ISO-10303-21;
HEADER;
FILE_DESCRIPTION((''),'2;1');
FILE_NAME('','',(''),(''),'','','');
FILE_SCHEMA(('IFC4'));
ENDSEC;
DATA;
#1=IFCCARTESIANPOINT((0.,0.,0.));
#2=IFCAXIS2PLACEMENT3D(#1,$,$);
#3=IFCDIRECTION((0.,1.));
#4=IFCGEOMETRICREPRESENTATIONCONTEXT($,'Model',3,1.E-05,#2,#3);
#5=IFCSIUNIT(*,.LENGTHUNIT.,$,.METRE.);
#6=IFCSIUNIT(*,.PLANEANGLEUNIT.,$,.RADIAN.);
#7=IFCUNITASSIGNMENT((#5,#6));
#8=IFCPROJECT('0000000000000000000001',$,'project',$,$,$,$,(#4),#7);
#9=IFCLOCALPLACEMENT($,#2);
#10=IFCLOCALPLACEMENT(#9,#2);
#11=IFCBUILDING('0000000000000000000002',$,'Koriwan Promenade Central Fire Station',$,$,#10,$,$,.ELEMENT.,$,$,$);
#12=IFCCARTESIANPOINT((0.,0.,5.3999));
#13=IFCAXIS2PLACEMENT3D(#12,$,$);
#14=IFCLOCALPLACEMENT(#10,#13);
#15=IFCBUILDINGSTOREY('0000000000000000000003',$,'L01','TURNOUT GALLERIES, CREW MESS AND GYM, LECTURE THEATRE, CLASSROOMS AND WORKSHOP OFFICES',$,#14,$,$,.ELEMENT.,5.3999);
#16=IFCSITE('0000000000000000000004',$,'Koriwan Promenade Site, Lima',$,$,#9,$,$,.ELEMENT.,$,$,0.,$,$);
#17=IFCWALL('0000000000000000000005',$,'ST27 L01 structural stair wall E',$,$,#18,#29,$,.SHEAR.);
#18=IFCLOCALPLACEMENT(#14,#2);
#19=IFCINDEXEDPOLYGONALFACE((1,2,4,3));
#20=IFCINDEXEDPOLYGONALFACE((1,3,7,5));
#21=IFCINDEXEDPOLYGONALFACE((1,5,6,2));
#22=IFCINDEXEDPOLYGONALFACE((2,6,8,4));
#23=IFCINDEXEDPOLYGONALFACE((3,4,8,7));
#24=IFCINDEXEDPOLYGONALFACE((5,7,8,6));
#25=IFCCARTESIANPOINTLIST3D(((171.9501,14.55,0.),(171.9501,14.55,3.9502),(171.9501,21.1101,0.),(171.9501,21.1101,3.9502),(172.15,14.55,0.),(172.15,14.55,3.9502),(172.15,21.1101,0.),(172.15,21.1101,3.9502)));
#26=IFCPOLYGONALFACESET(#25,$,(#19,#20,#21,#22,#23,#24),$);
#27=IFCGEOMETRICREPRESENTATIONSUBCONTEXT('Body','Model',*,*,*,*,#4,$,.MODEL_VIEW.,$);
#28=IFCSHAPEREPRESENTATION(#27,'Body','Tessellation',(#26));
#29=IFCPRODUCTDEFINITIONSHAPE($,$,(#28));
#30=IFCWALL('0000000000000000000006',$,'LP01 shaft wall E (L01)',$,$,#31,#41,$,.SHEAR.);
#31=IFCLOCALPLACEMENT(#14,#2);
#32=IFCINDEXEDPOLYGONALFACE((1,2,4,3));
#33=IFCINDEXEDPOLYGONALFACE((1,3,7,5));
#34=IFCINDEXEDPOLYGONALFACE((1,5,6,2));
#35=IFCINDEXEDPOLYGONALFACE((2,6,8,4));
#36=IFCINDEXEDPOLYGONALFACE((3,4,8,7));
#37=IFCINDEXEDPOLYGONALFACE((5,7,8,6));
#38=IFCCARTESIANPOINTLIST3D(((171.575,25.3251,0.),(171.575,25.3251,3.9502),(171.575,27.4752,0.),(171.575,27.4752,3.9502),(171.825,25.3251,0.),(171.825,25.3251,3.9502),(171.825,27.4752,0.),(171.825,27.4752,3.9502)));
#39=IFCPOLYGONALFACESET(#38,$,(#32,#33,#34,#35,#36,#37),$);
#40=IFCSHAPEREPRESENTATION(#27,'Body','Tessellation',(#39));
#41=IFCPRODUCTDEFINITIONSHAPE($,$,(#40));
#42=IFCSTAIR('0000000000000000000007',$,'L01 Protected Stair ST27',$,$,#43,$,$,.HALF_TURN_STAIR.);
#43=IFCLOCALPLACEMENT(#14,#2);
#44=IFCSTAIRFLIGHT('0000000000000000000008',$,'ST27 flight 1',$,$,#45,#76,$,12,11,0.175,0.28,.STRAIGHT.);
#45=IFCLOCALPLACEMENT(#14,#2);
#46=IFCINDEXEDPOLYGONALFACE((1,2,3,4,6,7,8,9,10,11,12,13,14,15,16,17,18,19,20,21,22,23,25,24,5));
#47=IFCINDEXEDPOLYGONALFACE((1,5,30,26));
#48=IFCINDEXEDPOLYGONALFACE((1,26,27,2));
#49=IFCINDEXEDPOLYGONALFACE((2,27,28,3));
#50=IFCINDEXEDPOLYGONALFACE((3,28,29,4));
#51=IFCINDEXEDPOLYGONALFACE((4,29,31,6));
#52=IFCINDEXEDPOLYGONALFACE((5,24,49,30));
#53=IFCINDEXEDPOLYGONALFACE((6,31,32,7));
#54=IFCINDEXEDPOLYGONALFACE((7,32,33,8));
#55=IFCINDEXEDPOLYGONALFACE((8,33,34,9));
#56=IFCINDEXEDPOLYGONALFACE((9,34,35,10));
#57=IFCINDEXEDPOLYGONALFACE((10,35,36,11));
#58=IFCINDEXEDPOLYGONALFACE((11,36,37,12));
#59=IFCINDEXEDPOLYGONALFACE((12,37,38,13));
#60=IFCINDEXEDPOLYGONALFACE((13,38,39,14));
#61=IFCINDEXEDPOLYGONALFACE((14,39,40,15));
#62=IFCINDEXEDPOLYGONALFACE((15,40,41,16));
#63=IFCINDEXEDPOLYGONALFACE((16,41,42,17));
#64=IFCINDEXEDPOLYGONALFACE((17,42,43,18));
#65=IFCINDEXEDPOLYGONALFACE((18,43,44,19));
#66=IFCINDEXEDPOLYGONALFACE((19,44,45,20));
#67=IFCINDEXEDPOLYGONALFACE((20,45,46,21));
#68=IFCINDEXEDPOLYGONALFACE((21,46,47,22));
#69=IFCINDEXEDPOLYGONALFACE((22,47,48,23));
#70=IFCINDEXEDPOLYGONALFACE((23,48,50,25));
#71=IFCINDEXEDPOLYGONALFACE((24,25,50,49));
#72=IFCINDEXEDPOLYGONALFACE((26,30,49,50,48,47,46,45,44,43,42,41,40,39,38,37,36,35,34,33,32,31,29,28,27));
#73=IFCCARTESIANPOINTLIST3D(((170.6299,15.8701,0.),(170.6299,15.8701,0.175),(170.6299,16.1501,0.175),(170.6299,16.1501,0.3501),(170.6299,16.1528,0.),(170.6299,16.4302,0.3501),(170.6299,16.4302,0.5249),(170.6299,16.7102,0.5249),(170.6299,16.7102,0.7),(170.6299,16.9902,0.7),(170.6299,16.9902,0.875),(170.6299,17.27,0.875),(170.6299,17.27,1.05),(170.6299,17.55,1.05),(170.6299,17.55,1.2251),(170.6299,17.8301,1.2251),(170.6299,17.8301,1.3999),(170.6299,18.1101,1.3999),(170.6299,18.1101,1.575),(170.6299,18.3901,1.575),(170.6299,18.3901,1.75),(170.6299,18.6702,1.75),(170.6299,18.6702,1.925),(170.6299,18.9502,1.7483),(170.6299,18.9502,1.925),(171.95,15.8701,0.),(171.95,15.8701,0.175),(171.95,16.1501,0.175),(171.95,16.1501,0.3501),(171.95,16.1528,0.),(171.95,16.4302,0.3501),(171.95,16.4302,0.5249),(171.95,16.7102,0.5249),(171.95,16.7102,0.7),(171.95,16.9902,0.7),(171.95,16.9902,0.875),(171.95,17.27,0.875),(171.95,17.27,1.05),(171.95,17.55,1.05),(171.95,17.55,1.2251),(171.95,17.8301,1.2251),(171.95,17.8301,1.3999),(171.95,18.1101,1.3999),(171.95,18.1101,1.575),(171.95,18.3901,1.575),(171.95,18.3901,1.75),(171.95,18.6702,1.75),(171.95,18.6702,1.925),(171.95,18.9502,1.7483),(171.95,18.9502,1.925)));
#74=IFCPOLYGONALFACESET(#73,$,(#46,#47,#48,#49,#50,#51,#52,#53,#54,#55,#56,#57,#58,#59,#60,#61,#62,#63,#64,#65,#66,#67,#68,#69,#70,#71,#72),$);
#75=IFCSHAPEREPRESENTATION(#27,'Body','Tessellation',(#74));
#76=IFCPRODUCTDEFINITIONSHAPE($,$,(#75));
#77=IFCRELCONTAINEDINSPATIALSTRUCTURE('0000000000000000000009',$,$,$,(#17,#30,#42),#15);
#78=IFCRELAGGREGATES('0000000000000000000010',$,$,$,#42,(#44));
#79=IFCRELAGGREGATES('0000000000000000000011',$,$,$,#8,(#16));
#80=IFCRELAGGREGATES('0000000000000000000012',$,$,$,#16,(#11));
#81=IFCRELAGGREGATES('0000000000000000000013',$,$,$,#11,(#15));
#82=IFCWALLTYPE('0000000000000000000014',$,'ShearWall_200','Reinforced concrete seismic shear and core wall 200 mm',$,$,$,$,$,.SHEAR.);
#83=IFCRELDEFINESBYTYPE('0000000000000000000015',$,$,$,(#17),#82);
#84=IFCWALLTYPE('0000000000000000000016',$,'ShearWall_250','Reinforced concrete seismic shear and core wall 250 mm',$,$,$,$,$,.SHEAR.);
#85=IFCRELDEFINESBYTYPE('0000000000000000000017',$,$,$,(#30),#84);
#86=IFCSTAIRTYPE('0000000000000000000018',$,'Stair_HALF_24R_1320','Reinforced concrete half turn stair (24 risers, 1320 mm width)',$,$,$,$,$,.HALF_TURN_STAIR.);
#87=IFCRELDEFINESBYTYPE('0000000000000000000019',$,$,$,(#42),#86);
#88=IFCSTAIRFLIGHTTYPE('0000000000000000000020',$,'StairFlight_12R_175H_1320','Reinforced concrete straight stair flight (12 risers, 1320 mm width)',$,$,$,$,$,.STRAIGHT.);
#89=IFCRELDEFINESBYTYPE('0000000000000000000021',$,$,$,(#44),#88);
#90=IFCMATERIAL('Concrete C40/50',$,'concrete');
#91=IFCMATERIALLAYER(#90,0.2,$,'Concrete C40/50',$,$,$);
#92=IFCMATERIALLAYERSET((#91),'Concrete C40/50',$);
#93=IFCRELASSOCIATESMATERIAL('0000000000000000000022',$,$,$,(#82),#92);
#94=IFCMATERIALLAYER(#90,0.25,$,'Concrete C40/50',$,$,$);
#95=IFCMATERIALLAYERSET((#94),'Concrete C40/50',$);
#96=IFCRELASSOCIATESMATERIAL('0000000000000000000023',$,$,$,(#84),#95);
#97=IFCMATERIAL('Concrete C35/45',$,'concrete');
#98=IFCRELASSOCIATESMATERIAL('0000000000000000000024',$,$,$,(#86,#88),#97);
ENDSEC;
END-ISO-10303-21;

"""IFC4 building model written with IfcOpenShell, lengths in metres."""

from ifc_helpers import new_model, si_unit, direction, frame, frame_2d, origin, place, context, subcontext, project, spatial, polyline, rectangle, outline, extrude, material, layer, layer_set, type_object, element, aggregate, save


model = new_model("IFC4")

# Units and contexts
model_context = context("Model", 3, precision=1e-05, world=origin(), true_north=direction((0.0, 1.0)))
body_context = subcontext(model_context, "Body", "Model", "MODEL_VIEW")
ifc_project = project(units=[si_unit("LENGTHUNIT", "METRE"), si_unit("PLANEANGLEUNIT", "RADIAN")], contexts=[model_context])

# Site, building, storey
site_placement = place(None, origin())
site = spatial("IfcSite", under=ifc_project, at=site_placement, Name="Koriwan Promenade Site, Lima", CompositionType="ELEMENT", RefElevation=0.0)
building_placement = place(site_placement, origin())
building = spatial("IfcBuilding", under=site, at=building_placement, Name="Koriwan Promenade Central Fire Station", CompositionType="ELEMENT")
storey_placement = place(building_placement, frame((0.0, 0.0, 5.3999)))
storey = spatial("IfcBuildingStorey", under=building, at=storey_placement, Name="L01", Description="TURNOUT GALLERIES, CREW MESS AND GYM, LECTURE THEATRE, CLASSROOMS AND WORKSHOP OFFICES", CompositionType="ELEMENT", Elevation=5.3999)

# Shared definitions
ifc_material_1 = material(Name="Concrete C40/50", Category="concrete")

# Shared definitions
ifc_material_2 = material(Name="Concrete C35/45", Category="concrete")

# Walls
ifc_layer_1 = layer(ifc_material_1, 0.2, Name="Concrete C40/50")
ifc_layer_set_1 = layer_set([ifc_layer_1], Name="Concrete C40/50")
wall_type_1 = type_object("IfcWallType", Name="ShearWall_200", Description="Reinforced concrete seismic shear and core wall 200 mm", PredefinedType="SHEAR", material=ifc_layer_set_1)
wall_1_placement = place(storey_placement, frame((172.05, 14.55, 0.0), z_axis=(0.0, 0.0, 1.0), x_axis=(0.0, 1.0, 0.0)))
element("IfcWall", 1, at=wall_1_placement, inside=storey, type_object=wall_type_1, Name="ST27 L01 structural stair wall E", PredefinedType="SHEAR", context=body_context, shape_type="SweptSolid", body=[
    extrude(rectangle(XDim=6.5601, YDim=0.2, at=frame_2d((3.28, 0.0))), origin(), (0.0, 0.0, 1.0), 3.9502),
])
ifc_layer_2 = layer(ifc_material_1, 0.25, Name="Concrete C40/50")
ifc_layer_set_2 = layer_set([ifc_layer_2], Name="Concrete C40/50")
wall_type_2 = type_object("IfcWallType", Name="ShearWall_250", Description="Reinforced concrete seismic shear and core wall 250 mm", PredefinedType="SHEAR", material=ifc_layer_set_2)
wall_2_placement = place(storey_placement, frame((171.7, 25.325, 0.0), z_axis=(0.0, 0.0, 1.0), x_axis=(0.0, 1.0, 0.0)))
element("IfcWall", 2, at=wall_2_placement, inside=storey, type_object=wall_type_2, Name="LP01 shaft wall E (L01)", PredefinedType="SHEAR", context=body_context, shape_type="SweptSolid", body=[
    extrude(rectangle(XDim=2.1501, YDim=0.25, at=frame_2d((1.0752, 0.0))), origin(), (0.0, 0.0, 1.0), 3.9502),
])

# Stair, stair flight
stair_type = type_object("IfcStairType", Name="Stair_HALF_24R_1320", Description="Reinforced concrete half turn stair (24 risers, 1320 mm width)", PredefinedType="HALF_TURN_STAIR", material=ifc_material_2)
stair_placement = place(storey_placement, origin())
stair = element("IfcStair", 3, at=stair_placement, inside=storey, type_object=stair_type, Name="L01 Protected Stair ST27", PredefinedType="HALF_TURN_STAIR")
stair_flight_type = type_object("IfcStairFlightType", Name="StairFlight_12R_175H_1320", Description="Reinforced concrete straight stair flight (12 risers, 1320 mm width)", PredefinedType="STRAIGHT", material=ifc_material_2)
stair_flight_placement = place(storey_placement, frame((171.29, 15.8701, 0.0), z_axis=(0.0, 0.0, 1.0), x_axis=(0.0, 1.0, 0.0)))
stair_flight = element("IfcStairFlight", 4, at=stair_flight_placement, type_object=stair_flight_type, Name="ST27 flight 1", NumberOfRisers=12, NumberOfTreads=11, PredefinedType="STRAIGHT", RiserHeight=0.175, TreadLength=0.28, context=body_context, shape_type="SweptSolid", body=[
    extrude(outline(polyline([(0.0, 0.0), (0.0, 0.175), (0.28, 0.175), (0.28, 0.3501), (0.5601, 0.3501), (0.5601, 0.5249), (0.8401, 0.5249), (0.8401, 0.7), (1.1201, 0.7), (1.1201, 0.875), (1.3999, 0.875), (1.3999, 1.05), (1.6799, 1.05), (1.6799, 1.2251), (1.96, 1.2251), (1.96, 1.3999), (2.24, 1.3999), (2.24, 1.575), (2.52, 1.575), (2.52, 1.75), (2.8, 1.75), (2.8, 1.925), (3.0801, 1.925), (3.0801, 2.1001), (3.0801, 1.7483), (0.2827, 0.0), (0.0, 0.0)])), frame((0.0, 0.6602, 0.0), z_axis=(0.0, -1.0, 0.0), x_axis=(1.0, 0.0, 0.0)), (0.0, 0.0, 1.0), 1.3201),
])
aggregate(stair, [stair_flight])

save(model, "model.ifc")
